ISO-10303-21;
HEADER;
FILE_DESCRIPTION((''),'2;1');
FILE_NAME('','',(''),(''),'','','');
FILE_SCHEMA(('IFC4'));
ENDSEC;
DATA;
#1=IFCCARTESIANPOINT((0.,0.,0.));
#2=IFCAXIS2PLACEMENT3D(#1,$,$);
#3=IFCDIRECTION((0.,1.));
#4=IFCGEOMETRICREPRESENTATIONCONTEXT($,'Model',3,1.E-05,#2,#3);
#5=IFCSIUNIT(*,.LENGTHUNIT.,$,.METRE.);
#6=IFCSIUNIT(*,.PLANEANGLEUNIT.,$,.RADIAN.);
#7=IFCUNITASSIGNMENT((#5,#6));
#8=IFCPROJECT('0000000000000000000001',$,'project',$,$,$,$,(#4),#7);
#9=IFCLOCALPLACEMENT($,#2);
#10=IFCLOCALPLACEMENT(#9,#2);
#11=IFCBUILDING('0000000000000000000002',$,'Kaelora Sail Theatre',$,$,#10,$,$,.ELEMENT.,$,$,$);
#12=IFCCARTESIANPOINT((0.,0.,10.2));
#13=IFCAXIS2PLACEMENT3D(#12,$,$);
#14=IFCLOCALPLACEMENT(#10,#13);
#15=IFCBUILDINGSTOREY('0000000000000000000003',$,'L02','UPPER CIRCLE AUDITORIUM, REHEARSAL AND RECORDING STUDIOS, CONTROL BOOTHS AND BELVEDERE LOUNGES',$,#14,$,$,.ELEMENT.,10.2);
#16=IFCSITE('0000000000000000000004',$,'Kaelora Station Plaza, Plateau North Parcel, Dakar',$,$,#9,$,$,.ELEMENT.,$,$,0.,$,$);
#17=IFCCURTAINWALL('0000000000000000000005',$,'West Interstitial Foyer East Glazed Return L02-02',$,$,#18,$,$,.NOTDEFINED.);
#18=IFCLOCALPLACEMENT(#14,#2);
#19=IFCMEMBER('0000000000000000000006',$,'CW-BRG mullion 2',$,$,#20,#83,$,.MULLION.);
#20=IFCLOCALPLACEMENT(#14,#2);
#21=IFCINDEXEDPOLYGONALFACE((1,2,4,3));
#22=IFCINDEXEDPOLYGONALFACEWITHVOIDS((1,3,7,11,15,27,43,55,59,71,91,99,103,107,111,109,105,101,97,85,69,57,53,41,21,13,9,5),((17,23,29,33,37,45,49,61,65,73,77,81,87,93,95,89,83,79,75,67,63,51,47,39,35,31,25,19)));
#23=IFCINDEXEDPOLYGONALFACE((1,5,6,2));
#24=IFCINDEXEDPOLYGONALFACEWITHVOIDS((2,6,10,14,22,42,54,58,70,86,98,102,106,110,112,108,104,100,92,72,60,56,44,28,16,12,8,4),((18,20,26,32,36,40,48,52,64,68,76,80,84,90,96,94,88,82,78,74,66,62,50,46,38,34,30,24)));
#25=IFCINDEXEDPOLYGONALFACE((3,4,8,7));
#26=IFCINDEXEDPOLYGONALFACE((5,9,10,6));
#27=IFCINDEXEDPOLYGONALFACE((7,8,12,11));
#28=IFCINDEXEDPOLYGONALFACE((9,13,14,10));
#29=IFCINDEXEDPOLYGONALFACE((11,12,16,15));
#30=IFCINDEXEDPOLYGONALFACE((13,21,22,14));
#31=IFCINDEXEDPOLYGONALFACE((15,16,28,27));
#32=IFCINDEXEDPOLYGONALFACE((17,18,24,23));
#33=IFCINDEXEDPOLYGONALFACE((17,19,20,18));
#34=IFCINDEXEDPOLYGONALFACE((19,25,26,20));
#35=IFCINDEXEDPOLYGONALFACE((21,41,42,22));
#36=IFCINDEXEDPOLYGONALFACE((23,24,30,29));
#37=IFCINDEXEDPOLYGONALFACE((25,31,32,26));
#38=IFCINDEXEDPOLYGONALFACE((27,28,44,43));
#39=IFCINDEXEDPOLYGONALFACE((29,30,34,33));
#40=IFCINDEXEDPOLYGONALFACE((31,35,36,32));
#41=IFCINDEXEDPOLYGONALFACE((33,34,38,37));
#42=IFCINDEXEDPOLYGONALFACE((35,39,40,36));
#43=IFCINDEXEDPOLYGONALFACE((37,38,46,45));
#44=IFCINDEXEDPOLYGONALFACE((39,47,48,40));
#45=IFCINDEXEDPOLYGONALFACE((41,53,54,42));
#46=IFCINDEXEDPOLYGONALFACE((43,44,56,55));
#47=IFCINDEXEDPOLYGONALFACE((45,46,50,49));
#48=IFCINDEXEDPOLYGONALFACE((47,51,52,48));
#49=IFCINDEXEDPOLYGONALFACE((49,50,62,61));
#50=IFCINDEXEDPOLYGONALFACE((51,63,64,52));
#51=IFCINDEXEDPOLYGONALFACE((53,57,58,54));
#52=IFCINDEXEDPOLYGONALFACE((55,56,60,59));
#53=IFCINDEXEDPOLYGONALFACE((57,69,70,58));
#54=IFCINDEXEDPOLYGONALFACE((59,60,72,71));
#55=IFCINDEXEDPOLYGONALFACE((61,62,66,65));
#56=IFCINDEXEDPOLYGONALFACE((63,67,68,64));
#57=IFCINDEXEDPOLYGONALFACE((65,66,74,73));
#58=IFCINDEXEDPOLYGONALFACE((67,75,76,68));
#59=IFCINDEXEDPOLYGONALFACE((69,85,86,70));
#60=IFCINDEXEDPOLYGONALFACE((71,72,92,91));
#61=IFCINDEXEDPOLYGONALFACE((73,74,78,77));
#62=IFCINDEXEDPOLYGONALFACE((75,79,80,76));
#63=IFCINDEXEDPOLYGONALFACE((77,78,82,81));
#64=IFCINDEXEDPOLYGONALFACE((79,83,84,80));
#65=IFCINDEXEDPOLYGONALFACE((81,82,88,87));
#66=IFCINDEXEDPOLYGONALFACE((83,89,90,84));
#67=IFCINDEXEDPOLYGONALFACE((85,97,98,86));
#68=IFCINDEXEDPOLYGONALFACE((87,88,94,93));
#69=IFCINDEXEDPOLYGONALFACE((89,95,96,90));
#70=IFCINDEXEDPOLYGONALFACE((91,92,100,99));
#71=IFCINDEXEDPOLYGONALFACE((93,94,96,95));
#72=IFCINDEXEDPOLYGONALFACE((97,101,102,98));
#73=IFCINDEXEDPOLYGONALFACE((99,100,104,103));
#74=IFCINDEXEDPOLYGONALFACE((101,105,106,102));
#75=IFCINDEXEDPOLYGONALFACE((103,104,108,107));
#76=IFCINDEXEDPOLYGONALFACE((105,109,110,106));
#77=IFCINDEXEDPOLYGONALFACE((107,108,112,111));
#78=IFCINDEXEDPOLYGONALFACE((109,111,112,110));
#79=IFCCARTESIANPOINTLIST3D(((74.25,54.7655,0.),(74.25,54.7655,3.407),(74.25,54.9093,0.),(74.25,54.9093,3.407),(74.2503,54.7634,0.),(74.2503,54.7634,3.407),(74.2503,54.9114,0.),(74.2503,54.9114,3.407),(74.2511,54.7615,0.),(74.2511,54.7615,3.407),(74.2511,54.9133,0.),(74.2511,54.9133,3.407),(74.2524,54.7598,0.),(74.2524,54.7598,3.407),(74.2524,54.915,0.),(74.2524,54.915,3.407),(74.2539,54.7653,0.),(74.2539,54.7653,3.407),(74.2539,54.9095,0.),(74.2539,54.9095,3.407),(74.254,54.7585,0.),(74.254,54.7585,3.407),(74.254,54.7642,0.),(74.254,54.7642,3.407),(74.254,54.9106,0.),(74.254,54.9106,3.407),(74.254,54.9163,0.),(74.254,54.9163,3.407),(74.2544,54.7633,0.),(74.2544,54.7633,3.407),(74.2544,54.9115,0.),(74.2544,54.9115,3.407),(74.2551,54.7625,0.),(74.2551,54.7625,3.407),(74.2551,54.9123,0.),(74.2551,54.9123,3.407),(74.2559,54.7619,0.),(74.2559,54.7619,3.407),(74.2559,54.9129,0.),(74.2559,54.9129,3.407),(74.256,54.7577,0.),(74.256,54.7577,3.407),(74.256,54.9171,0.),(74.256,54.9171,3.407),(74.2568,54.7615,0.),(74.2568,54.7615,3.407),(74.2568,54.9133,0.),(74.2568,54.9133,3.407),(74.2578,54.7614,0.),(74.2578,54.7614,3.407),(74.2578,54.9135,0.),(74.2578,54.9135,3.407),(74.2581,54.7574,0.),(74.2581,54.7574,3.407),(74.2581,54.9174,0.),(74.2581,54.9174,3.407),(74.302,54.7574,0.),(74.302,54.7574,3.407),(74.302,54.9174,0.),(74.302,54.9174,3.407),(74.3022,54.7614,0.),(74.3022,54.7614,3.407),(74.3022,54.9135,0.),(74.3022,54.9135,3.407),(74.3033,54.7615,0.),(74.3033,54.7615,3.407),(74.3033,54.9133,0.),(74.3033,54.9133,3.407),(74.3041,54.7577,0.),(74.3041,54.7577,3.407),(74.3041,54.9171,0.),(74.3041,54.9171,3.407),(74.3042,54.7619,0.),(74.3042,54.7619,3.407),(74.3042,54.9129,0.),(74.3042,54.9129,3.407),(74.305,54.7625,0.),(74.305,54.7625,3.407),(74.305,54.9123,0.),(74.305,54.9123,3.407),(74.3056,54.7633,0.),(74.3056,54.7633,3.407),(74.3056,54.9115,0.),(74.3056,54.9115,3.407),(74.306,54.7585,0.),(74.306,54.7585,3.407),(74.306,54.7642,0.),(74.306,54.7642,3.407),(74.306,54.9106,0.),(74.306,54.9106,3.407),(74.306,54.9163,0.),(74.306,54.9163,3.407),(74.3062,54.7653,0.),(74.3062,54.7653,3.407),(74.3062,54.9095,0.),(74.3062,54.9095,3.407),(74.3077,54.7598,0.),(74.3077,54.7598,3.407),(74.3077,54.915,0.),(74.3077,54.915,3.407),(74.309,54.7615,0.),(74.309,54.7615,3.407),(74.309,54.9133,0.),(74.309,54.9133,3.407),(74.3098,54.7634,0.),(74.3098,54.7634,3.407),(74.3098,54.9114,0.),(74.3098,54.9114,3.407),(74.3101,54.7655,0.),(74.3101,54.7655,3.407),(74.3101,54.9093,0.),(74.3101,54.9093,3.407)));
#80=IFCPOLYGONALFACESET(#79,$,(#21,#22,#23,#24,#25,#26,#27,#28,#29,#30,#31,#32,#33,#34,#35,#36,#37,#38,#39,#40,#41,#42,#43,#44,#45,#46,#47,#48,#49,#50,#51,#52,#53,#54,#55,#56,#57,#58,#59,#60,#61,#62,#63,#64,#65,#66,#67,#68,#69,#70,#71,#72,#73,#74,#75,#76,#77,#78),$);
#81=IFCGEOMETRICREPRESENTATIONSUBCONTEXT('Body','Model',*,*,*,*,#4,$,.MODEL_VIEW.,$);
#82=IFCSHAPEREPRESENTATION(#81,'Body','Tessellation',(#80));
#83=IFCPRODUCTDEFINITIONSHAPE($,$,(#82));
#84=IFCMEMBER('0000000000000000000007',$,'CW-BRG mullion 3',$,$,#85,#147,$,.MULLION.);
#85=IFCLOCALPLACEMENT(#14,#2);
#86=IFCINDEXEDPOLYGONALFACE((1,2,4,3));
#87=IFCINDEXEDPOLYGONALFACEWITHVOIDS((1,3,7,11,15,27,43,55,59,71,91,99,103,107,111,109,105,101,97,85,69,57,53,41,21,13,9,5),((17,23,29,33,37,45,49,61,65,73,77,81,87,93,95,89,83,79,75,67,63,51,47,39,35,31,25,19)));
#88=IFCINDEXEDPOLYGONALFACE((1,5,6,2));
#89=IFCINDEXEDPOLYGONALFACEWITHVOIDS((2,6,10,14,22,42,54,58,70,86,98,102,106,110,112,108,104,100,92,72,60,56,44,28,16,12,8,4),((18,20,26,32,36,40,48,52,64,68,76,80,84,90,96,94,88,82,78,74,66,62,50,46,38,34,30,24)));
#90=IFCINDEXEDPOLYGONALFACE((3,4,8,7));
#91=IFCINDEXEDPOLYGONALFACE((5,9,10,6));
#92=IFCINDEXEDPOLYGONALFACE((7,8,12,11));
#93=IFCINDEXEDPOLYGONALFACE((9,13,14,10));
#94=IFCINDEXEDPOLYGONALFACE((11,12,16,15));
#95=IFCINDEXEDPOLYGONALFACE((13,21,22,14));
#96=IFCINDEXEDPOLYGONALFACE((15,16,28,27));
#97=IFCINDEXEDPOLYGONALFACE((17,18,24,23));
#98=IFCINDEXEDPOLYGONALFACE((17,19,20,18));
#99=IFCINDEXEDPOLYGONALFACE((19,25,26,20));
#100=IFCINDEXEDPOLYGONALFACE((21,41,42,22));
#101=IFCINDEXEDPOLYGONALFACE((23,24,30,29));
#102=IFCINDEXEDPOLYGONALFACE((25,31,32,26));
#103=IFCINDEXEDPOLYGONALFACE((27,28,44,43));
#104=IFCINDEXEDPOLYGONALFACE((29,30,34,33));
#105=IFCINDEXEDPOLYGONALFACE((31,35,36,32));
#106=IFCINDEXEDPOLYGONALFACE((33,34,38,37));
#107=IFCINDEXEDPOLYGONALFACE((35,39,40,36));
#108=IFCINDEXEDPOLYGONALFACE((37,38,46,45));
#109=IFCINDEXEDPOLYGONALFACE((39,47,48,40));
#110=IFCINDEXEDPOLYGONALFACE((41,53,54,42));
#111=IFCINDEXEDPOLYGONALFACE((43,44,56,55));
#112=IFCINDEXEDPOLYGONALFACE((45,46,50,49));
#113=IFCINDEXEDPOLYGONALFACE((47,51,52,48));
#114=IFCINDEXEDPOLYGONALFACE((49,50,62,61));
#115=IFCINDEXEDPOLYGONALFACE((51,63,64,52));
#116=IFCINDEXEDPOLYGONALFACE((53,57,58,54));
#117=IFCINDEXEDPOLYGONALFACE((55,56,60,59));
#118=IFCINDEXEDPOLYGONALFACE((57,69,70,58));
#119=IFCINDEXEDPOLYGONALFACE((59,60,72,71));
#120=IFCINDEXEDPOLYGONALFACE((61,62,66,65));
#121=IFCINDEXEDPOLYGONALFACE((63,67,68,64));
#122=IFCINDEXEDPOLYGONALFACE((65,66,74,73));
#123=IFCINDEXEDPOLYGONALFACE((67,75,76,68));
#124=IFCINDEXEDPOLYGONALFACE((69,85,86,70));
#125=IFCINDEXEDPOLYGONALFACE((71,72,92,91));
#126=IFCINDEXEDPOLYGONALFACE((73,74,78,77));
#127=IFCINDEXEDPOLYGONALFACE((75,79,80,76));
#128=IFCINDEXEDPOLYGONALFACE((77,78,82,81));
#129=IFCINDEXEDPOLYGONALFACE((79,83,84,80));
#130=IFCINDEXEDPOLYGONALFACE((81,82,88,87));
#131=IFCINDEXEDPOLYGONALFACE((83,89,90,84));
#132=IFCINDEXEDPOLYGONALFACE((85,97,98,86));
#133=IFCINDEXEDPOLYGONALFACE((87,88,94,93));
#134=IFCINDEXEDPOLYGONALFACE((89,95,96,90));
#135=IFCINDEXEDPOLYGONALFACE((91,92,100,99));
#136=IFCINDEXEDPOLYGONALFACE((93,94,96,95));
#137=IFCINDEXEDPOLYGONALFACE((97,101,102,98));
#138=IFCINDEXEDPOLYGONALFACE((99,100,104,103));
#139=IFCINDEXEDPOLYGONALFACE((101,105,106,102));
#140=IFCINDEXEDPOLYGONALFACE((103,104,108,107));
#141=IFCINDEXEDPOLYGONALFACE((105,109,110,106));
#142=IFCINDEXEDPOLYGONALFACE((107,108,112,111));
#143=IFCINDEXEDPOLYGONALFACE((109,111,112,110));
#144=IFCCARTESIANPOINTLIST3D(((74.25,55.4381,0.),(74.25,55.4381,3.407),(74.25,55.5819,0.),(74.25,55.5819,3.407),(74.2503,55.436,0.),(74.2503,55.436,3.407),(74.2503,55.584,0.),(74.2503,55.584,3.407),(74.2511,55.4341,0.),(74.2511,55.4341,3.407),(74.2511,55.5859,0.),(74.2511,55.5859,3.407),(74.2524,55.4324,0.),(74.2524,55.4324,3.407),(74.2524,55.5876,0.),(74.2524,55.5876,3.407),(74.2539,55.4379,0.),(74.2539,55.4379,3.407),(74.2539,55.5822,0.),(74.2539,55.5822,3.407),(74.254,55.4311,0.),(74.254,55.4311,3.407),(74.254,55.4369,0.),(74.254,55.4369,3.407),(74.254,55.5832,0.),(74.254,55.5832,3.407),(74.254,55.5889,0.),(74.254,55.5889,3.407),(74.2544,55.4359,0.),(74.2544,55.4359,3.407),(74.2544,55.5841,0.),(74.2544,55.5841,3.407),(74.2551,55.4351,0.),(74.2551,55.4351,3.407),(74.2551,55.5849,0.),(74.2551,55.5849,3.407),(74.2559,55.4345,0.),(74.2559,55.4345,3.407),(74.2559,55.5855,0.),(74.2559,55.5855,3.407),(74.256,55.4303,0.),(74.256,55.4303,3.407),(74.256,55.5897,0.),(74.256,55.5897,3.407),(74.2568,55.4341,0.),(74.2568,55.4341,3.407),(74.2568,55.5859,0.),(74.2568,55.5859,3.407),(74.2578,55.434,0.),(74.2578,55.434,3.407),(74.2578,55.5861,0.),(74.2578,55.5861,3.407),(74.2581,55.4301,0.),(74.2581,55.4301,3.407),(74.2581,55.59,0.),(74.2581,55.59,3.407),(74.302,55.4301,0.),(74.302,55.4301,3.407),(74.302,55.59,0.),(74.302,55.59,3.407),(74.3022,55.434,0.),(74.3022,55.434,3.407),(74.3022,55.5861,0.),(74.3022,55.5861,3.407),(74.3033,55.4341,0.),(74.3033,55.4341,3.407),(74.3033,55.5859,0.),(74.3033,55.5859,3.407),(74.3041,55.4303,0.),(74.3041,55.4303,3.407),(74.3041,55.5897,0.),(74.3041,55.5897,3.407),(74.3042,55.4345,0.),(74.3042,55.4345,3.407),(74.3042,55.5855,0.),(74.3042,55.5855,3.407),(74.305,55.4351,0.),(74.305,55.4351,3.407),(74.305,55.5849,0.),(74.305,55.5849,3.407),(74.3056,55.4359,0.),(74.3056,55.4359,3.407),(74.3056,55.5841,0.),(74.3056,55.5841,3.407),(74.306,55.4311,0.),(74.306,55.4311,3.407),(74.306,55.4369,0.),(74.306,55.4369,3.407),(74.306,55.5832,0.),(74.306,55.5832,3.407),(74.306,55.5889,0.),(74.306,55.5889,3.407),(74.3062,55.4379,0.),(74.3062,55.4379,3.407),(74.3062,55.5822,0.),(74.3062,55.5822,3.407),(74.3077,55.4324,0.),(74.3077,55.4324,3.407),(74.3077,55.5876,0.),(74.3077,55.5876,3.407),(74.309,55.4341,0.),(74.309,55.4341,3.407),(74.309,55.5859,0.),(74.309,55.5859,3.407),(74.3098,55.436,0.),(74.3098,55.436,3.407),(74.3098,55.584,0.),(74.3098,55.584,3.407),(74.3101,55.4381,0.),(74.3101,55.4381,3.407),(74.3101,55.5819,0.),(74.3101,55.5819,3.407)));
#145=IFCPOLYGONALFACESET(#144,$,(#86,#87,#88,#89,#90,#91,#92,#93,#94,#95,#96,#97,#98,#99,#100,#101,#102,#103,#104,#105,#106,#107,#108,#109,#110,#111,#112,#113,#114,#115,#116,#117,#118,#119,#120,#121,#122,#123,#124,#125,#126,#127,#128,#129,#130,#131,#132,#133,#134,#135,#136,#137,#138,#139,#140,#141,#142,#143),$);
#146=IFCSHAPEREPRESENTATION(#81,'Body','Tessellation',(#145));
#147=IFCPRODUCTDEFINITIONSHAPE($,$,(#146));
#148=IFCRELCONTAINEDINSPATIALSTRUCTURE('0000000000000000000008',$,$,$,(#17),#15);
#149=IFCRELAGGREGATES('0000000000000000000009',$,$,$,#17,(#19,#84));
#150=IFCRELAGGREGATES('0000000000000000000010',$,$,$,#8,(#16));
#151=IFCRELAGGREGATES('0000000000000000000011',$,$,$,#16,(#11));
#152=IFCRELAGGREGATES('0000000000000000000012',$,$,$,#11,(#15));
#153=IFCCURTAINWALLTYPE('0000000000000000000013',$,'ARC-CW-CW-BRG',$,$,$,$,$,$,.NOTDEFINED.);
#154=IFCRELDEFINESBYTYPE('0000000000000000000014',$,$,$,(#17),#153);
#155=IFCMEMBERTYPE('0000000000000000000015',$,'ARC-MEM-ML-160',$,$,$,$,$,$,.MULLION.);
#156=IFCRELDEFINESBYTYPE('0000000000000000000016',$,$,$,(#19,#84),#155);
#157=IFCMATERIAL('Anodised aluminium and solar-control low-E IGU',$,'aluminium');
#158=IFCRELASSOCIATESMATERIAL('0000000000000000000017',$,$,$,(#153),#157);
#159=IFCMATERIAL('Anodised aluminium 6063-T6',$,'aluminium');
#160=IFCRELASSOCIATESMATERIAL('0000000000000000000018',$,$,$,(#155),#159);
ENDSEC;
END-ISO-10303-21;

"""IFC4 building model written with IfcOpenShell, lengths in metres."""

from ifc_helpers import new_model, si_unit, direction, frame, origin, origin_2d, place, context, subcontext, project, spatial, hollow_rectangle, extrude, material, material_profile, profile_set, type_object, element, aggregate, save


model = new_model("IFC4")

# Units and contexts
model_context = context("Model", 3, precision=1e-05, world=origin(), true_north=direction((0.0, 1.0)))
body_context = subcontext(model_context, "Body", "Model", "MODEL_VIEW")
ifc_project = project(units=[si_unit("LENGTHUNIT", "METRE"), si_unit("PLANEANGLEUNIT", "RADIAN")], contexts=[model_context])

# Site, building, storey
site_placement = place(None, origin())
site = spatial("IfcSite", under=ifc_project, at=site_placement, Name="Kaelora Station Plaza, Plateau North Parcel, Dakar", CompositionType="ELEMENT", RefElevation=0.0)
building_placement = place(site_placement, origin())
building = spatial("IfcBuilding", under=site, at=building_placement, Name="Kaelora Sail Theatre", CompositionType="ELEMENT")
storey_placement = place(building_placement, frame((0.0, 0.0, 10.2)))
storey = spatial("IfcBuildingStorey", under=building, at=storey_placement, Name="L02", Description="UPPER CIRCLE AUDITORIUM, REHEARSAL AND RECORDING STUDIOS, CONTROL BOOTHS AND BELVEDERE LOUNGES", CompositionType="ELEMENT", Elevation=10.2)

# Curtain wall, members
ifc_material_1 = material(Name="Anodised aluminium and solar-control low-E IGU", Category="aluminium")
curtain_wall_type = type_object("IfcCurtainWallType", Name="ARC-CW-CW-BRG", PredefinedType="NOTDEFINED", material=ifc_material_1)
ifc_material_2 = material(Name="Anodised aluminium 6063-T6", Category="aluminium")
ifc_material_profile_1 = material_profile(ifc_material_2, hollow_rectangle(XDim=0.0601, YDim=0.1599, WallThickness=0.0039, InnerFilletRadius=0.0039, OuterFilletRadius=0.0081, at=origin_2d()), Name="ALU-MULL 60x160x4")
ifc_profile_set_1 = profile_set([ifc_material_profile_1], Name="Anodised aluminium 6063-T6")
member_type_1 = type_object("IfcMemberType", Name="ARC-MEM-ML-160", PredefinedType="MULLION", material=ifc_profile_set_1)
curtain_wall_1_placement = place(storey_placement, origin())
curtain_wall_1 = element("IfcCurtainWall", 1, at=curtain_wall_1_placement, inside=storey, type_object=curtain_wall_type, Name="West Interstitial Foyer East Glazed Return L02-02", PredefinedType="NOTDEFINED")
member_1_placement = place(storey_placement, frame((74.28, 54.8374, 0.0), z_axis=(0.0, 0.0, 1.0), x_axis=(-1.0, 0.0, 0.0)))
member_1 = element("IfcMember", 2, at=member_1_placement, type_object=member_type_1, Name="CW-BRG mullion 2", PredefinedType="MULLION", context=body_context, shape_type="SweptSolid", body=[
    extrude(hollow_rectangle(XDim=0.0601, YDim=0.1599, WallThickness=0.0039, InnerFilletRadius=0.0039, OuterFilletRadius=0.0081, at=origin_2d()), origin(), (0.0, 0.0, 1.0), 3.407),
])
member_2_placement = place(storey_placement, frame((74.28, 55.51, 0.0), z_axis=(0.0, 0.0, 1.0), x_axis=(-1.0, 0.0, 0.0)))
member_2 = element("IfcMember", 3, at=member_2_placement, type_object=member_type_1, Name="CW-BRG mullion 3", PredefinedType="MULLION", context=body_context, shape_type="SweptSolid", body=[
    extrude(hollow_rectangle(XDim=0.0601, YDim=0.1599, WallThickness=0.0039, InnerFilletRadius=0.0039, OuterFilletRadius=0.0081, at=origin_2d()), origin(), (0.0, 0.0, 1.0), 3.407),
])

aggregate(curtain_wall_1, [member_1, member_2])

save(model, "model.ifc")
